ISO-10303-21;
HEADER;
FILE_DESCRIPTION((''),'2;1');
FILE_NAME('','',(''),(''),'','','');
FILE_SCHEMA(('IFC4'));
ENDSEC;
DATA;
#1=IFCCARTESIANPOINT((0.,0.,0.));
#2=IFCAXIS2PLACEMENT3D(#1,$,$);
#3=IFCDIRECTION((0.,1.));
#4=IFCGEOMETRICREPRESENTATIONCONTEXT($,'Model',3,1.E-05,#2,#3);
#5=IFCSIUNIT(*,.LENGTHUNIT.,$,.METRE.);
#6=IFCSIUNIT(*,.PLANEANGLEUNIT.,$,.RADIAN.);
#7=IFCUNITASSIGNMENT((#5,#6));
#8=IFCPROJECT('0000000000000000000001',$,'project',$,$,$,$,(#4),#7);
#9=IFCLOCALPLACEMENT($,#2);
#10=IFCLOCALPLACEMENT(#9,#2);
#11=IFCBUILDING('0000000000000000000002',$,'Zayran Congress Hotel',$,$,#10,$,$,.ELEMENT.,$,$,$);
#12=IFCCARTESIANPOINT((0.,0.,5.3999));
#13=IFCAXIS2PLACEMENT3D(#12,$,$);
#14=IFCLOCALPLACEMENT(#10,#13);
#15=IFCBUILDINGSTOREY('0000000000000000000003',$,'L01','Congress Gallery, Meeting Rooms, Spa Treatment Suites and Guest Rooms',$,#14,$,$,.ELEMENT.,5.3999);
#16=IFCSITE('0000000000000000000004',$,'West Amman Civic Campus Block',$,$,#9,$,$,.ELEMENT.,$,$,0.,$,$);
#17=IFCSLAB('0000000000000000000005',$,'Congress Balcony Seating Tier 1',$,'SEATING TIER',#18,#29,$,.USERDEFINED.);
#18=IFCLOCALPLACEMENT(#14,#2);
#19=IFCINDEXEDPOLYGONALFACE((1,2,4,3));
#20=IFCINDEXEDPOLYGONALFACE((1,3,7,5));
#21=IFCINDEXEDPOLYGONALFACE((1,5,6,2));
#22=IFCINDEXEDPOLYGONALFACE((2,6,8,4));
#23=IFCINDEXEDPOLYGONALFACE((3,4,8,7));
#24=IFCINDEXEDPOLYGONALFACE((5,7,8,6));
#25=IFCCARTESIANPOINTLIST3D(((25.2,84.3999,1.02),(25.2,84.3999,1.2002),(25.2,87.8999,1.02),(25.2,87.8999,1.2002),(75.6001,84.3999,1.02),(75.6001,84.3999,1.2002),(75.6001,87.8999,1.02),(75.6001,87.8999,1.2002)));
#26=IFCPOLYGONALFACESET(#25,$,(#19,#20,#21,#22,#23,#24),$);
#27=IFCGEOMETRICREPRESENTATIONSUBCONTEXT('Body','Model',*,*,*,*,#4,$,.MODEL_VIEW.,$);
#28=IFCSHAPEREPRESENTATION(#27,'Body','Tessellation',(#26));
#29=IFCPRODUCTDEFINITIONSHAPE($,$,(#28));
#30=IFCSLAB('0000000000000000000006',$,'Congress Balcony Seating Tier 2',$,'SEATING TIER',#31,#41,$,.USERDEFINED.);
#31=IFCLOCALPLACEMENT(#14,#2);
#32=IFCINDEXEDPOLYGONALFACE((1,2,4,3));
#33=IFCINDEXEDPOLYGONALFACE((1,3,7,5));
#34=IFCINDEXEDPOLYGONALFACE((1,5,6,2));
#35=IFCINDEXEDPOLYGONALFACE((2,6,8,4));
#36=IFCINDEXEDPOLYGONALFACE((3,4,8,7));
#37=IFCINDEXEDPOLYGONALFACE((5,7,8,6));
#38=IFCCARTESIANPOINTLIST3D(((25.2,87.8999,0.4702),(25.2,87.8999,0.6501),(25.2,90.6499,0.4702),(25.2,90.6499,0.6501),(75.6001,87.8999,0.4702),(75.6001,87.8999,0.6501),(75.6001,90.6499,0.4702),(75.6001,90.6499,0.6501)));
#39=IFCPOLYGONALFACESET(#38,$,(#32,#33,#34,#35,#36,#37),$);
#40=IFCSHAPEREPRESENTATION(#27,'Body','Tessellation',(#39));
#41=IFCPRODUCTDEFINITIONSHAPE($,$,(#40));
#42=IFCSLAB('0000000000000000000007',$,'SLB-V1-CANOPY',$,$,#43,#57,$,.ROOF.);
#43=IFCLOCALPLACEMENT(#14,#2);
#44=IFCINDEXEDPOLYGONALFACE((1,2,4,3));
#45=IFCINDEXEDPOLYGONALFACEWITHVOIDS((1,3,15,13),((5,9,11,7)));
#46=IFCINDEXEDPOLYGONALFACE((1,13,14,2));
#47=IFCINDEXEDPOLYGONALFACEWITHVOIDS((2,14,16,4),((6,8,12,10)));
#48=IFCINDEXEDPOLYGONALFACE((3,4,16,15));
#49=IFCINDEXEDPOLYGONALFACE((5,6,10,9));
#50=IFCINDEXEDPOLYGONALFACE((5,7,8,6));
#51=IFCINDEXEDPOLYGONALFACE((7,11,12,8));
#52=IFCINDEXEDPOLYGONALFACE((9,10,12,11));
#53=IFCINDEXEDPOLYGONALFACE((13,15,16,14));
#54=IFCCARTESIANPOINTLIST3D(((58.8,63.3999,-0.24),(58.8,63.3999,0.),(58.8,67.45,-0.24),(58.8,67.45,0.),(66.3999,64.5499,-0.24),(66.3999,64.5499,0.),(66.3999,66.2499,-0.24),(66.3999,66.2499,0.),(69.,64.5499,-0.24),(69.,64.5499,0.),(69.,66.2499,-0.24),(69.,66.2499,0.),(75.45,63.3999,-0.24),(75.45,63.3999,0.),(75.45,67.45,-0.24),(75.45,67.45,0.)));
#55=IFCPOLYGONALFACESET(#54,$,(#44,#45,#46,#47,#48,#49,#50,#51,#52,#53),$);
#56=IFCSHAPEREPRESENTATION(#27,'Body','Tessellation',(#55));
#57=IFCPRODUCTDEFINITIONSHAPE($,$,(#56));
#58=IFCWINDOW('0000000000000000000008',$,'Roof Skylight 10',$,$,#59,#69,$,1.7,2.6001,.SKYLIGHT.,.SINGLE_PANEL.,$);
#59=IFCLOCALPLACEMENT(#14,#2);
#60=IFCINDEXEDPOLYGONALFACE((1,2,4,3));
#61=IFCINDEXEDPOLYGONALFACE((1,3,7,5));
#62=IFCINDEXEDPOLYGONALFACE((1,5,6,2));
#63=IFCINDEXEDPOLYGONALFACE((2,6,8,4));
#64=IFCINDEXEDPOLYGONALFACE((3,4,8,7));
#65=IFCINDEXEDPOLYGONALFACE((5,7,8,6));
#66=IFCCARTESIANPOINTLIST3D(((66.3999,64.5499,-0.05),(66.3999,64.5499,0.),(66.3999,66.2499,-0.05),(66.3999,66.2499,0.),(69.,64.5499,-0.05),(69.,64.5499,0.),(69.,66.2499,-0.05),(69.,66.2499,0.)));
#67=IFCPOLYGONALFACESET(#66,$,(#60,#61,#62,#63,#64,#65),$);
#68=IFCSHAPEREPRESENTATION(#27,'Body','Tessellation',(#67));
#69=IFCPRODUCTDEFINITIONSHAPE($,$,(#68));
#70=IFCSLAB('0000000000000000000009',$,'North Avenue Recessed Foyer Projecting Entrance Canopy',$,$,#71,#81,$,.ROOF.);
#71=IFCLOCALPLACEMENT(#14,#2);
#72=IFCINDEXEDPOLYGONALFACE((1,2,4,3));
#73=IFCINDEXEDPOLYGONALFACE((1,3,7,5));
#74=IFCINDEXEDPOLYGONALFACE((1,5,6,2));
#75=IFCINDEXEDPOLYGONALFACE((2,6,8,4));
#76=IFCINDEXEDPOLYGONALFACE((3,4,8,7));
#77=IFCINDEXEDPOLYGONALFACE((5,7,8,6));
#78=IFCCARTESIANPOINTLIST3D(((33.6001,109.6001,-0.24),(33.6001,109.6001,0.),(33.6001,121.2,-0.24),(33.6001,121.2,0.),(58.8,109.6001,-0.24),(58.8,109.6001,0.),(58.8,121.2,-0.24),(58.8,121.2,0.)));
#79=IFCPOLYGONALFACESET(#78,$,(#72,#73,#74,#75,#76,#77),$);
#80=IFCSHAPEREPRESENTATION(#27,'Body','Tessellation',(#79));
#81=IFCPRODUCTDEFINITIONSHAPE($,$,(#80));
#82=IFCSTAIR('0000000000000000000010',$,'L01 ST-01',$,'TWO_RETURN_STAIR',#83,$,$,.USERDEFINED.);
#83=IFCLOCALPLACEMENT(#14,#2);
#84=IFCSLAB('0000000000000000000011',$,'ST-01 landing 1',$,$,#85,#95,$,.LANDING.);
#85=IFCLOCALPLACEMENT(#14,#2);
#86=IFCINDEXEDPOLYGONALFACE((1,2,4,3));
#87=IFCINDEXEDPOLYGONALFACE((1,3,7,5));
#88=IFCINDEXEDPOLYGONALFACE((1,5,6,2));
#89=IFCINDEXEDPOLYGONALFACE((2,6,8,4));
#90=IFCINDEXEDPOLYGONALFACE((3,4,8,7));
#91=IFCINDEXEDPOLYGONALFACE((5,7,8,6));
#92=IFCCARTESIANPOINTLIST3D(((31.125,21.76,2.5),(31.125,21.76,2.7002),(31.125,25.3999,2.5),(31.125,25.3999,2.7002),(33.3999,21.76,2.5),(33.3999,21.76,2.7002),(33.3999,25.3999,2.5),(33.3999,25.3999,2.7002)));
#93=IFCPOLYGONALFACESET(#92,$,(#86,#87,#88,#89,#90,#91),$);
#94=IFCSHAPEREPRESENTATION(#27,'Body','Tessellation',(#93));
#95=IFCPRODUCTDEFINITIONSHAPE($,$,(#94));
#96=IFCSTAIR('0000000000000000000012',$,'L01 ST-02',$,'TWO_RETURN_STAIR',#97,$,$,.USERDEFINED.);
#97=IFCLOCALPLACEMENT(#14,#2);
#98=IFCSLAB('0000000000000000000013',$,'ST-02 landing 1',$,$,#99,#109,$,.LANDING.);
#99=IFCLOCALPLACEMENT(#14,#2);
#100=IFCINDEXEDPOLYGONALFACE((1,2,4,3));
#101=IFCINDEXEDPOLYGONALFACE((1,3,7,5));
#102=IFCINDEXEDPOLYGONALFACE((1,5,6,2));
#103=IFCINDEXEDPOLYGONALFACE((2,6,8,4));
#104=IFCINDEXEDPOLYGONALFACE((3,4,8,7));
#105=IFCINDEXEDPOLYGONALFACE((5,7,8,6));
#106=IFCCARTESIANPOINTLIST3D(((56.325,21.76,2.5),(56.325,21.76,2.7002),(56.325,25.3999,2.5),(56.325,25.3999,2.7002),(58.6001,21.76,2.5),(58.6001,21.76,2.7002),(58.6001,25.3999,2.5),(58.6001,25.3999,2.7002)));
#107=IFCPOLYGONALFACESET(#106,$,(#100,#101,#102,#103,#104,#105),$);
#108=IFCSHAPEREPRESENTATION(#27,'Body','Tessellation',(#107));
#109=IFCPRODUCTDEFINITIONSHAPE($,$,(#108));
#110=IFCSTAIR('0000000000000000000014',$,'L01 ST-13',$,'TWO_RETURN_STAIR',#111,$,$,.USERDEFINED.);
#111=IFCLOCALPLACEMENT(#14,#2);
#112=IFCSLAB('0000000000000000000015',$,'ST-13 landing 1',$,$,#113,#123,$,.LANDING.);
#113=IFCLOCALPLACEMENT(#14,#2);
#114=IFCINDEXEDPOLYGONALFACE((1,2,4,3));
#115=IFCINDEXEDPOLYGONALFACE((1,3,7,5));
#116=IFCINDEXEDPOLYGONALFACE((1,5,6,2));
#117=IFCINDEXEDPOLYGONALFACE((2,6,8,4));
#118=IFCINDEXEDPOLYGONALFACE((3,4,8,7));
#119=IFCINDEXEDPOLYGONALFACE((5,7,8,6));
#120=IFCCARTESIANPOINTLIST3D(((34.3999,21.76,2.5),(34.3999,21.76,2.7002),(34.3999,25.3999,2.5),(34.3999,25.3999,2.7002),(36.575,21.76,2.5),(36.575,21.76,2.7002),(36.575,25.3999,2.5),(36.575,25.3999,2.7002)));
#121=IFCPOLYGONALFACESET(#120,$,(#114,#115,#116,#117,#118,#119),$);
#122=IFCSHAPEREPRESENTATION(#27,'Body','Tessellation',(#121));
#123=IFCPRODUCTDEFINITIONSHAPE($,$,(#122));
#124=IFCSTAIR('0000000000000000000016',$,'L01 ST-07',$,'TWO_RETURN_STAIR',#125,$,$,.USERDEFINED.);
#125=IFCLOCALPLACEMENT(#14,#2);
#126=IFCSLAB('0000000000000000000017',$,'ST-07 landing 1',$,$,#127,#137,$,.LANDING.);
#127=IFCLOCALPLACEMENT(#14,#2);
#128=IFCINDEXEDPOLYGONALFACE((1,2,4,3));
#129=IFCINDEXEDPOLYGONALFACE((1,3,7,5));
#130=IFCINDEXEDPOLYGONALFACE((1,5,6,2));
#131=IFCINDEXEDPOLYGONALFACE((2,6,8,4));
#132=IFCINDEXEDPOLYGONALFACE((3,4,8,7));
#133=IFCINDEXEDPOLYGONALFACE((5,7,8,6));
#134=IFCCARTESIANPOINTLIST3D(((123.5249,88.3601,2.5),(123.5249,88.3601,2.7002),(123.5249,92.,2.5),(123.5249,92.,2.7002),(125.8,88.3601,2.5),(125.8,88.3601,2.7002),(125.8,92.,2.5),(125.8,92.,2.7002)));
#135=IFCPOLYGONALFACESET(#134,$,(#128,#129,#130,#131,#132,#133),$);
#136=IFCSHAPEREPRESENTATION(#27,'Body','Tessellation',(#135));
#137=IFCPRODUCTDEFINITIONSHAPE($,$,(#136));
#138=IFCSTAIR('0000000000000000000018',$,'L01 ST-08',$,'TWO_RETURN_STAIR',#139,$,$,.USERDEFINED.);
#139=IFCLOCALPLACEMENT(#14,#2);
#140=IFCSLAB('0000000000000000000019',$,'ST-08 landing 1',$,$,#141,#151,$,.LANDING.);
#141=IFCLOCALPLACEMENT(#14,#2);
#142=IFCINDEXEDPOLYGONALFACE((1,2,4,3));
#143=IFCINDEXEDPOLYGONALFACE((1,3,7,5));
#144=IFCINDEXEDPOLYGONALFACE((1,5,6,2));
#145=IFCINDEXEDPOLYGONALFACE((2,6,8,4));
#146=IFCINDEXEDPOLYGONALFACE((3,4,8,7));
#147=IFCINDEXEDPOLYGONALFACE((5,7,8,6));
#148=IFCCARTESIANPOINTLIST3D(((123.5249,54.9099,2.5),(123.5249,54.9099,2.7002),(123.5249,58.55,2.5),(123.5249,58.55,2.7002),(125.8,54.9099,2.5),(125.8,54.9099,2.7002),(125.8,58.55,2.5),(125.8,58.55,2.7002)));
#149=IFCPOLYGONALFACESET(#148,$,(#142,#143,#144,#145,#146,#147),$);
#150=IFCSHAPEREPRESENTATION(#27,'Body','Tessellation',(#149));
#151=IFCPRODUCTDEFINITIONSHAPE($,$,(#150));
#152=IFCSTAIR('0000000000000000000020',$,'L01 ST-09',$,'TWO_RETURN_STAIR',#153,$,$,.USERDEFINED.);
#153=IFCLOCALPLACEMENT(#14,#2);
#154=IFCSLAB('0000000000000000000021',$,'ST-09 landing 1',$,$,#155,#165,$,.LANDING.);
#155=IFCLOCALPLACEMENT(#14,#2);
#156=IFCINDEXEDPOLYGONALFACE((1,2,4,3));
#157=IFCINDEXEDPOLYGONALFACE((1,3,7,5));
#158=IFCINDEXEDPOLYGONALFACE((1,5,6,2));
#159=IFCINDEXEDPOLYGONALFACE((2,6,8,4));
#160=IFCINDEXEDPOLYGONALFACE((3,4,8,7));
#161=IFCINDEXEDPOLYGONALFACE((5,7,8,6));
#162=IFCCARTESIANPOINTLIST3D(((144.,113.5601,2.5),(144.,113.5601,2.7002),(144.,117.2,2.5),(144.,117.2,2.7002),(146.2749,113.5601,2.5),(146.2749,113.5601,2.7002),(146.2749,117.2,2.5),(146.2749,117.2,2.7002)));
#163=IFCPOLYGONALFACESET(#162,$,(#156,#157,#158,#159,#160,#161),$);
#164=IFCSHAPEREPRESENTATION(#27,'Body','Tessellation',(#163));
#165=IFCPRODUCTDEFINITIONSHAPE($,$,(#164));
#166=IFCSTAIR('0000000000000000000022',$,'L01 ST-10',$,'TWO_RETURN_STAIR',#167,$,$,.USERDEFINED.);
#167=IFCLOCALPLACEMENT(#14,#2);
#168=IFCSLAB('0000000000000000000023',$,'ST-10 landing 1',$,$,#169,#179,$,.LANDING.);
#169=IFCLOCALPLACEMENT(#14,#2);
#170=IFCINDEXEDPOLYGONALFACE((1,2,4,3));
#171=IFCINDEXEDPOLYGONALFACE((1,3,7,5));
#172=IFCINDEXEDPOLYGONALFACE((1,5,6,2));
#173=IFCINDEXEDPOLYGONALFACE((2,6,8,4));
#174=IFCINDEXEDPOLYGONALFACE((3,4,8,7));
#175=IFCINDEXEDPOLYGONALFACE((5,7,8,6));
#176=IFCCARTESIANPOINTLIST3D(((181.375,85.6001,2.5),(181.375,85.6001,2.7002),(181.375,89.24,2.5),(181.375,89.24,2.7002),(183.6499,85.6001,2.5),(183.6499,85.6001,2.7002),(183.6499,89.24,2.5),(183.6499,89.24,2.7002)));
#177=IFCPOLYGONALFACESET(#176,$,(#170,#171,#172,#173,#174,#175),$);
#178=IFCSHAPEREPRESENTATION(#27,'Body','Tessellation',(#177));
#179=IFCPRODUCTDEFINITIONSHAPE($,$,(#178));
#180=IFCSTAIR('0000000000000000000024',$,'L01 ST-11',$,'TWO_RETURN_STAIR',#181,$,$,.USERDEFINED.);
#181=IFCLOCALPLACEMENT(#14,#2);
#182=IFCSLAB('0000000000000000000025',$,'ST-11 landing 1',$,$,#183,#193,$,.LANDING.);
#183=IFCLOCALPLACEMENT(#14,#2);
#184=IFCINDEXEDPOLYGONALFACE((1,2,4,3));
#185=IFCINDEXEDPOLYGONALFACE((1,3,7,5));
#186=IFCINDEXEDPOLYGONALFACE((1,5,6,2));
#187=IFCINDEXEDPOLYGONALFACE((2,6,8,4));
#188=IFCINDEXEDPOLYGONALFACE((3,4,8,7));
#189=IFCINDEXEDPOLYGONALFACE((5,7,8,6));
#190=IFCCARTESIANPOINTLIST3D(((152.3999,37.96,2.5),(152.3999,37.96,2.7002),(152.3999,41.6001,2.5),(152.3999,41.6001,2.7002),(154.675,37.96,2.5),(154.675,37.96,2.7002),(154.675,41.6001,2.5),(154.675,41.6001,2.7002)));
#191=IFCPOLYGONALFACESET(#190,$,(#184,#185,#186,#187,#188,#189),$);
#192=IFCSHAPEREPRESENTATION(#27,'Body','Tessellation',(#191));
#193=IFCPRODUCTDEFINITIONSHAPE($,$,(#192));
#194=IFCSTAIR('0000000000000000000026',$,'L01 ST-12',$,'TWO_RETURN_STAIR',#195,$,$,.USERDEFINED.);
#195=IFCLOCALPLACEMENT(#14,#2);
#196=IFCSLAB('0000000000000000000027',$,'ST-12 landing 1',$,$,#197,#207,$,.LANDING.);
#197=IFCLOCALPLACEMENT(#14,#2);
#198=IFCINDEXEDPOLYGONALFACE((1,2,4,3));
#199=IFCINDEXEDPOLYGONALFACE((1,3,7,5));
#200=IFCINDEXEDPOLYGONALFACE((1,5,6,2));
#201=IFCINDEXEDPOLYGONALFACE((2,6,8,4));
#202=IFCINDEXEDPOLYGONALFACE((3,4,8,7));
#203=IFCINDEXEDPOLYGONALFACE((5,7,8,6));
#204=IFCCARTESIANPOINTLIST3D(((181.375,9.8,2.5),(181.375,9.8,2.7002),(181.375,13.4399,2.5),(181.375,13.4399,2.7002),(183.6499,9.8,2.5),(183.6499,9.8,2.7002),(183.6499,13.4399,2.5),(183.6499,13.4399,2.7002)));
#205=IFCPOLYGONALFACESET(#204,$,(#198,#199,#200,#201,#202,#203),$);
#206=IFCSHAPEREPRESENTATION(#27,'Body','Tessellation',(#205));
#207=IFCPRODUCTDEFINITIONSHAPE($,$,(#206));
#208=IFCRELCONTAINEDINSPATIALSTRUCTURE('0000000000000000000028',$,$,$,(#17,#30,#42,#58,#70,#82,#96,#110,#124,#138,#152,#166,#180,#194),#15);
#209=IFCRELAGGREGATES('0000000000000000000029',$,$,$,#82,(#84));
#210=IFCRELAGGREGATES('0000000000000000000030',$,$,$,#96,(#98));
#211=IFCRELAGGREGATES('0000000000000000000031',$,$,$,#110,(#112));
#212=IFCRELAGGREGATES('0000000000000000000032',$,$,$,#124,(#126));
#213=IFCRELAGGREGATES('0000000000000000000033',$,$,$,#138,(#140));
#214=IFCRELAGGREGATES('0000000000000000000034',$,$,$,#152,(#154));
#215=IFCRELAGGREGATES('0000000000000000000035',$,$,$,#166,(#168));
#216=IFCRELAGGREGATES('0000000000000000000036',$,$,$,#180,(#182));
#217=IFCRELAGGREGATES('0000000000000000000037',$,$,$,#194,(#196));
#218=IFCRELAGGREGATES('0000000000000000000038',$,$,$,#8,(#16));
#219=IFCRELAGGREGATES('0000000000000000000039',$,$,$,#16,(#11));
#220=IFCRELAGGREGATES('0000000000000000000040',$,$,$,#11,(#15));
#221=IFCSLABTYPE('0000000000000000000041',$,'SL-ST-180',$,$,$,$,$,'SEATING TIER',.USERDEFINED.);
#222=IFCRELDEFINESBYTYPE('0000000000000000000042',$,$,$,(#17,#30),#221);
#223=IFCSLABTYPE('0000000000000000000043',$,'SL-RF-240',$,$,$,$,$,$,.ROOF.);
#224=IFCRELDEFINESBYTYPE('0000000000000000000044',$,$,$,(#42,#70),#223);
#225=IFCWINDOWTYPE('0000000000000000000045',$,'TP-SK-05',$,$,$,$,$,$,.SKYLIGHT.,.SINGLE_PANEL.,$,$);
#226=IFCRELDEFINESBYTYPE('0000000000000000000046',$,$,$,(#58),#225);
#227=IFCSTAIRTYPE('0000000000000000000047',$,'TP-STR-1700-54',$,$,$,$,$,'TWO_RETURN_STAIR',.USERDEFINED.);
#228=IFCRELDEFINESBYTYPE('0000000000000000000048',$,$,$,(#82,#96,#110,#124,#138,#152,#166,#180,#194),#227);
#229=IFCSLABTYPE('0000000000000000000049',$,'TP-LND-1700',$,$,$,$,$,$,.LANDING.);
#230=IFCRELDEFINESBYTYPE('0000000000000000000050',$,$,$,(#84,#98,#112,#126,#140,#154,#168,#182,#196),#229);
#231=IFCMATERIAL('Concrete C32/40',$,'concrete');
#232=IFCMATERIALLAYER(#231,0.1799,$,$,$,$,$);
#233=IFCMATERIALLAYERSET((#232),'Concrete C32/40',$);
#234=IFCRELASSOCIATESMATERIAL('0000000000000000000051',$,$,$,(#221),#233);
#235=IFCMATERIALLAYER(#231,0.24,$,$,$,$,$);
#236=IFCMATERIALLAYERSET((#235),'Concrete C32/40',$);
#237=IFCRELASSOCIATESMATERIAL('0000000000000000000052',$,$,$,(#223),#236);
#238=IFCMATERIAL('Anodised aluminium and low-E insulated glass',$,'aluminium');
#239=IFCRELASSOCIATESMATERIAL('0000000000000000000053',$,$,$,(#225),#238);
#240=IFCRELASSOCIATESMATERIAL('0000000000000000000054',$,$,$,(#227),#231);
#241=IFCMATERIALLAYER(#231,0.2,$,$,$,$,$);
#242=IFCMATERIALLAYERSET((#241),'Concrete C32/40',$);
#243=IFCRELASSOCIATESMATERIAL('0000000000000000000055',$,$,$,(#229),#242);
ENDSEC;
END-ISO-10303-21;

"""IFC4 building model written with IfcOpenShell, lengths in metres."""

from ifc_helpers import new_model, si_unit, direction, frame, origin, origin_2d, place, context, subcontext, project, spatial, polyline, rectangle, outline, extrude, material, layer, layer_set, type_object, element, fill, aggregate, save


model = new_model("IFC4")

# Units and contexts
model_context = context("Model", 3, precision=1e-05, world=origin(), true_north=direction((0.0, 1.0)))
body_context = subcontext(model_context, "Body", "Model", "MODEL_VIEW")
ifc_project = project(units=[si_unit("LENGTHUNIT", "METRE"), si_unit("PLANEANGLEUNIT", "RADIAN")], contexts=[model_context])

# Site, building, storey
site_placement = place(None, origin())
site = spatial("IfcSite", under=ifc_project, at=site_placement, Name="West Amman Civic Campus Block", CompositionType="ELEMENT", RefElevation=0.0)
building_placement = place(site_placement, origin())
building = spatial("IfcBuilding", under=site, at=building_placement, Name="Zayran Congress Hotel", CompositionType="ELEMENT")
storey_placement = place(building_placement, frame((0.0, 0.0, 5.3999)))
storey = spatial("IfcBuildingStorey", under=building, at=storey_placement, Name="L01", Description="Congress Gallery, Meeting Rooms, Spa Treatment Suites and Guest Rooms", CompositionType="ELEMENT", Elevation=5.3999)

# Slabs
ifc_material_1 = material(Name="Concrete C32/40", Category="concrete")
ifc_layer_1 = layer(ifc_material_1, 0.1799)
ifc_layer_set_1 = layer_set([ifc_layer_1], Name="Concrete C32/40")
slab_type_1 = type_object("IfcSlabType", Name="SL-ST-180", ElementType="SEATING TIER", PredefinedType="USERDEFINED", material=ifc_layer_set_1)
slab_1_placement = place(storey_placement, frame((0.0, 0.0, 1.02)))
element("IfcSlab", 1, at=slab_1_placement, inside=storey, type_object=slab_type_1, Name="Congress Balcony Seating Tier 1", ObjectType="SEATING TIER", PredefinedType="USERDEFINED", context=body_context, shape_type="SweptSolid", body=[
    extrude(outline(polyline([(25.2, 84.3999), (75.6001, 84.3999), (75.6001, 87.8999), (25.2, 87.8999), (25.2, 84.3999)])), origin(), (0.0, 0.0, 1.0), 0.1802),
])
slab_2_placement = place(storey_placement, frame((0.0, 0.0, 0.4702)))
element("IfcSlab", 2, at=slab_2_placement, inside=storey, type_object=slab_type_1, Name="Congress Balcony Seating Tier 2", ObjectType="SEATING TIER", PredefinedType="USERDEFINED", context=body_context, shape_type="SweptSolid", body=[
    extrude(outline(polyline([(25.2, 87.8999), (75.6001, 87.8999), (75.6001, 90.6499), (25.2, 90.6499), (25.2, 87.8999)])), origin(), (0.0, 0.0, 1.0), 0.1799),
])

# Slab, opening, window
ifc_layer_2 = layer(ifc_material_1, 0.24)
ifc_layer_set_2 = layer_set([ifc_layer_2], Name="Concrete C32/40")
slab_type_2 = type_object("IfcSlabType", Name="SL-RF-240", PredefinedType="ROOF", material=ifc_layer_set_2)
slab_3_placement = place(storey_placement, frame((0.0, 0.0, -0.24)))
slab_3 = element("IfcSlab", 3, at=slab_3_placement, inside=storey, type_object=slab_type_2, Name="SLB-V1-CANOPY", PredefinedType="ROOF", context=body_context, shape_type="SweptSolid", body=[
    extrude(outline(polyline([(58.8, 63.3999), (75.45, 63.3999), (75.45, 67.45), (58.8, 67.45), (58.8, 63.3999)])), origin(), (0.0, 0.0, 1.0), 0.24),
])
opening_1_placement = place(slab_3_placement, frame((67.7, 65.3999, -0.01), z_axis=(0.0, 0.0, 1.0), x_axis=(1.0, 0.0, 0.0)))
opening_1 = element("IfcOpeningElement", 4, at=opening_1_placement, cuts=slab_3, PredefinedType="OPENING", context=body_context, shape_type="SweptSolid", body=[
    extrude(rectangle(XDim=2.6001, YDim=1.7, at=origin_2d()), origin(), (0.0, 0.0, 1.0), 0.26),
])
ifc_material_2 = material(Name="Anodised aluminium and low-E insulated glass", Category="aluminium")
window_type_1 = type_object("IfcWindowType", Name="TP-SK-05", PartitioningType="SINGLE_PANEL", PredefinedType="SKYLIGHT", material=ifc_material_2)
window_1_placement = place(opening_1_placement, frame((0.0, 0.0, 0.2)))
window_1 = element("IfcWindow", 5, at=window_1_placement, inside=storey, type_object=window_type_1, Name="Roof Skylight 10", OverallHeight=1.7, OverallWidth=2.6001, PartitioningType="SINGLE_PANEL", PredefinedType="SKYLIGHT", context=body_context, shape_type="SweptSolid", body=[
    extrude(rectangle(XDim=2.6001, YDim=1.7, at=origin_2d()), origin(), (0.0, 0.0, 1.0), 0.05),
])
fill(opening_1, window_1)

# Slab
slab_4_placement = place(storey_placement, frame((0.0, 0.0, -0.24)))
element("IfcSlab", 6, at=slab_4_placement, inside=storey, type_object=slab_type_2, Name="North Avenue Recessed Foyer Projecting Entrance Canopy", PredefinedType="ROOF", context=body_context, shape_type="SweptSolid", body=[
    extrude(outline(polyline([(33.6001, 109.6001), (58.8, 109.6001), (58.8, 121.2), (33.6001, 121.2), (33.6001, 109.6001)])), origin(), (0.0, 0.0, 1.0), 0.24),
])

# Stairs, slabs
stair_type_1 = type_object("IfcStairType", Name="TP-STR-1700-54", ElementType="TWO_RETURN_STAIR", PredefinedType="USERDEFINED", material=ifc_material_1)
stair_1_placement = place(storey_placement, origin())
stair_1 = element("IfcStair", 7, at=stair_1_placement, inside=storey, type_object=stair_type_1, Name="L01 ST-01", ObjectType="TWO_RETURN_STAIR", PredefinedType="USERDEFINED")
ifc_layer_3 = layer(ifc_material_1, 0.2)
ifc_layer_set_3 = layer_set([ifc_layer_3], Name="Concrete C32/40")
slab_type_3 = type_object("IfcSlabType", Name="TP-LND-1700", PredefinedType="LANDING", material=ifc_layer_set_3)
slab_5_placement = place(storey_placement, frame((0.0, 0.0, 2.5)))
slab_5 = element("IfcSlab", 8, at=slab_5_placement, type_object=slab_type_3, Name="ST-01 landing 1", PredefinedType="LANDING", context=body_context, shape_type="SweptSolid", body=[
    extrude(outline(polyline([(31.125, 21.76), (33.3999, 21.76), (33.3999, 25.3999), (31.125, 25.3999), (31.125, 21.76)])), origin(), (0.0, 0.0, 1.0), 0.2002),
])
aggregate(stair_1, [slab_5])
stair_2_placement = place(storey_placement, origin())
stair_2 = element("IfcStair", 9, at=stair_2_placement, inside=storey, type_object=stair_type_1, Name="L01 ST-02", ObjectType="TWO_RETURN_STAIR", PredefinedType="USERDEFINED")
slab_6_placement = place(storey_placement, frame((0.0, 0.0, 2.5)))
slab_6 = element("IfcSlab", 10, at=slab_6_placement, type_object=slab_type_3, Name="ST-02 landing 1", PredefinedType="LANDING", context=body_context, shape_type="SweptSolid", body=[
    extrude(outline(polyline([(56.325, 21.76), (58.6001, 21.76), (58.6001, 25.3999), (56.325, 25.3999), (56.325, 21.76)])), origin(), (0.0, 0.0, 1.0), 0.2002),
])
aggregate(stair_2, [slab_6])
stair_3_placement = place(storey_placement, origin())
stair_3 = element("IfcStair", 11, at=stair_3_placement, inside=storey, type_object=stair_type_1, Name="L01 ST-13", ObjectType="TWO_RETURN_STAIR", PredefinedType="USERDEFINED")
slab_7_placement = place(storey_placement, frame((0.0, 0.0, 2.5)))
slab_7 = element("IfcSlab", 12, at=slab_7_placement, type_object=slab_type_3, Name="ST-13 landing 1", PredefinedType="LANDING", context=body_context, shape_type="SweptSolid", body=[
    extrude(outline(polyline([(36.575, 25.3999), (34.3999, 25.3999), (34.3999, 21.76), (36.575, 21.76), (36.575, 25.3999)])), origin(), (0.0, 0.0, 1.0), 0.2002),
])
aggregate(stair_3, [slab_7])
stair_4_placement = place(storey_placement, origin())
stair_4 = element("IfcStair", 13, at=stair_4_placement, inside=storey, type_object=stair_type_1, Name="L01 ST-07", ObjectType="TWO_RETURN_STAIR", PredefinedType="USERDEFINED")
slab_8_placement = place(storey_placement, frame((0.0, 0.0, 2.5)))
slab_8 = element("IfcSlab", 14, at=slab_8_placement, type_object=slab_type_3, Name="ST-07 landing 1", PredefinedType="LANDING", context=body_context, shape_type="SweptSolid", body=[
    extrude(outline(polyline([(123.5249, 88.3601), (125.8, 88.3601), (125.8, 92.0), (123.5249, 92.0), (123.5249, 88.3601)])), origin(), (0.0, 0.0, 1.0), 0.2002),
])
aggregate(stair_4, [slab_8])
stair_5_placement = place(storey_placement, origin())
stair_5 = element("IfcStair", 15, at=stair_5_placement, inside=storey, type_object=stair_type_1, Name="L01 ST-08", ObjectType="TWO_RETURN_STAIR", PredefinedType="USERDEFINED")
slab_9_placement = place(storey_placement, frame((0.0, 0.0, 2.5)))
slab_9 = element("IfcSlab", 16, at=slab_9_placement, type_object=slab_type_3, Name="ST-08 landing 1", PredefinedType="LANDING", context=body_context, shape_type="SweptSolid", body=[
    extrude(outline(polyline([(123.5249, 54.9099), (125.8, 54.9099), (125.8, 58.55), (123.5249, 58.55), (123.5249, 54.9099)])), origin(), (0.0, 0.0, 1.0), 0.2002),
])
aggregate(stair_5, [slab_9])
stair_6_placement = place(storey_placement, origin())
stair_6 = element("IfcStair", 17, at=stair_6_placement, inside=storey, type_object=stair_type_1, Name="L01 ST-09", ObjectType="TWO_RETURN_STAIR", PredefinedType="USERDEFINED")
slab_10_placement = place(storey_placement, frame((0.0, 0.0, 2.5)))
slab_10 = element("IfcSlab", 18, at=slab_10_placement, type_object=slab_type_3, Name="ST-09 landing 1", PredefinedType="LANDING", context=body_context, shape_type="SweptSolid", body=[
    extrude(outline(polyline([(146.2749, 117.2), (144.0, 117.2), (144.0, 113.5601), (146.2749, 113.5601), (146.2749, 117.2)])), origin(), (0.0, 0.0, 1.0), 0.2002),
])
aggregate(stair_6, [slab_10])
stair_7_placement = place(storey_placement, origin())
stair_7 = element("IfcStair", 19, at=stair_7_placement, inside=storey, type_object=stair_type_1, Name="L01 ST-10", ObjectType="TWO_RETURN_STAIR", PredefinedType="USERDEFINED")
slab_11_placement = place(storey_placement, frame((0.0, 0.0, 2.5)))
slab_11 = element("IfcSlab", 20, at=slab_11_placement, type_object=slab_type_3, Name="ST-10 landing 1", PredefinedType="LANDING", context=body_context, shape_type="SweptSolid", body=[
    extrude(outline(polyline([(181.375, 85.6001), (183.6499, 85.6001), (183.6499, 89.24), (181.375, 89.24), (181.375, 85.6001)])), origin(), (0.0, 0.0, 1.0), 0.2002),
])
aggregate(stair_7, [slab_11])
stair_8_placement = place(storey_placement, origin())
stair_8 = element("IfcStair", 21, at=stair_8_placement, inside=storey, type_object=stair_type_1, Name="L01 ST-11", ObjectType="TWO_RETURN_STAIR", PredefinedType="USERDEFINED")
slab_12_placement = place(storey_placement, frame((0.0, 0.0, 2.5)))
slab_12 = element("IfcSlab", 22, at=slab_12_placement, type_object=slab_type_3, Name="ST-11 landing 1", PredefinedType="LANDING", context=body_context, shape_type="SweptSolid", body=[
    extrude(outline(polyline([(154.675, 41.6001), (152.3999, 41.6001), (152.3999, 37.96), (154.675, 37.96), (154.675, 41.6001)])), origin(), (0.0, 0.0, 1.0), 0.2002),
])
aggregate(stair_8, [slab_12])
stair_9_placement = place(storey_placement, origin())
stair_9 = element("IfcStair", 23, at=stair_9_placement, inside=storey, type_object=stair_type_1, Name="L01 ST-12", ObjectType="TWO_RETURN_STAIR", PredefinedType="USERDEFINED")
slab_13_placement = place(storey_placement, frame((0.0, 0.0, 2.5)))
slab_13 = element("IfcSlab", 24, at=slab_13_placement, type_object=slab_type_3, Name="ST-12 landing 1", PredefinedType="LANDING", context=body_context, shape_type="SweptSolid", body=[
    extrude(outline(polyline([(181.375, 9.8), (183.6499, 9.8), (183.6499, 13.4399), (181.375, 13.4399), (181.375, 9.8)])), origin(), (0.0, 0.0, 1.0), 0.2002),
])
aggregate(stair_9, [slab_13])

save(model, "model.ifc")
